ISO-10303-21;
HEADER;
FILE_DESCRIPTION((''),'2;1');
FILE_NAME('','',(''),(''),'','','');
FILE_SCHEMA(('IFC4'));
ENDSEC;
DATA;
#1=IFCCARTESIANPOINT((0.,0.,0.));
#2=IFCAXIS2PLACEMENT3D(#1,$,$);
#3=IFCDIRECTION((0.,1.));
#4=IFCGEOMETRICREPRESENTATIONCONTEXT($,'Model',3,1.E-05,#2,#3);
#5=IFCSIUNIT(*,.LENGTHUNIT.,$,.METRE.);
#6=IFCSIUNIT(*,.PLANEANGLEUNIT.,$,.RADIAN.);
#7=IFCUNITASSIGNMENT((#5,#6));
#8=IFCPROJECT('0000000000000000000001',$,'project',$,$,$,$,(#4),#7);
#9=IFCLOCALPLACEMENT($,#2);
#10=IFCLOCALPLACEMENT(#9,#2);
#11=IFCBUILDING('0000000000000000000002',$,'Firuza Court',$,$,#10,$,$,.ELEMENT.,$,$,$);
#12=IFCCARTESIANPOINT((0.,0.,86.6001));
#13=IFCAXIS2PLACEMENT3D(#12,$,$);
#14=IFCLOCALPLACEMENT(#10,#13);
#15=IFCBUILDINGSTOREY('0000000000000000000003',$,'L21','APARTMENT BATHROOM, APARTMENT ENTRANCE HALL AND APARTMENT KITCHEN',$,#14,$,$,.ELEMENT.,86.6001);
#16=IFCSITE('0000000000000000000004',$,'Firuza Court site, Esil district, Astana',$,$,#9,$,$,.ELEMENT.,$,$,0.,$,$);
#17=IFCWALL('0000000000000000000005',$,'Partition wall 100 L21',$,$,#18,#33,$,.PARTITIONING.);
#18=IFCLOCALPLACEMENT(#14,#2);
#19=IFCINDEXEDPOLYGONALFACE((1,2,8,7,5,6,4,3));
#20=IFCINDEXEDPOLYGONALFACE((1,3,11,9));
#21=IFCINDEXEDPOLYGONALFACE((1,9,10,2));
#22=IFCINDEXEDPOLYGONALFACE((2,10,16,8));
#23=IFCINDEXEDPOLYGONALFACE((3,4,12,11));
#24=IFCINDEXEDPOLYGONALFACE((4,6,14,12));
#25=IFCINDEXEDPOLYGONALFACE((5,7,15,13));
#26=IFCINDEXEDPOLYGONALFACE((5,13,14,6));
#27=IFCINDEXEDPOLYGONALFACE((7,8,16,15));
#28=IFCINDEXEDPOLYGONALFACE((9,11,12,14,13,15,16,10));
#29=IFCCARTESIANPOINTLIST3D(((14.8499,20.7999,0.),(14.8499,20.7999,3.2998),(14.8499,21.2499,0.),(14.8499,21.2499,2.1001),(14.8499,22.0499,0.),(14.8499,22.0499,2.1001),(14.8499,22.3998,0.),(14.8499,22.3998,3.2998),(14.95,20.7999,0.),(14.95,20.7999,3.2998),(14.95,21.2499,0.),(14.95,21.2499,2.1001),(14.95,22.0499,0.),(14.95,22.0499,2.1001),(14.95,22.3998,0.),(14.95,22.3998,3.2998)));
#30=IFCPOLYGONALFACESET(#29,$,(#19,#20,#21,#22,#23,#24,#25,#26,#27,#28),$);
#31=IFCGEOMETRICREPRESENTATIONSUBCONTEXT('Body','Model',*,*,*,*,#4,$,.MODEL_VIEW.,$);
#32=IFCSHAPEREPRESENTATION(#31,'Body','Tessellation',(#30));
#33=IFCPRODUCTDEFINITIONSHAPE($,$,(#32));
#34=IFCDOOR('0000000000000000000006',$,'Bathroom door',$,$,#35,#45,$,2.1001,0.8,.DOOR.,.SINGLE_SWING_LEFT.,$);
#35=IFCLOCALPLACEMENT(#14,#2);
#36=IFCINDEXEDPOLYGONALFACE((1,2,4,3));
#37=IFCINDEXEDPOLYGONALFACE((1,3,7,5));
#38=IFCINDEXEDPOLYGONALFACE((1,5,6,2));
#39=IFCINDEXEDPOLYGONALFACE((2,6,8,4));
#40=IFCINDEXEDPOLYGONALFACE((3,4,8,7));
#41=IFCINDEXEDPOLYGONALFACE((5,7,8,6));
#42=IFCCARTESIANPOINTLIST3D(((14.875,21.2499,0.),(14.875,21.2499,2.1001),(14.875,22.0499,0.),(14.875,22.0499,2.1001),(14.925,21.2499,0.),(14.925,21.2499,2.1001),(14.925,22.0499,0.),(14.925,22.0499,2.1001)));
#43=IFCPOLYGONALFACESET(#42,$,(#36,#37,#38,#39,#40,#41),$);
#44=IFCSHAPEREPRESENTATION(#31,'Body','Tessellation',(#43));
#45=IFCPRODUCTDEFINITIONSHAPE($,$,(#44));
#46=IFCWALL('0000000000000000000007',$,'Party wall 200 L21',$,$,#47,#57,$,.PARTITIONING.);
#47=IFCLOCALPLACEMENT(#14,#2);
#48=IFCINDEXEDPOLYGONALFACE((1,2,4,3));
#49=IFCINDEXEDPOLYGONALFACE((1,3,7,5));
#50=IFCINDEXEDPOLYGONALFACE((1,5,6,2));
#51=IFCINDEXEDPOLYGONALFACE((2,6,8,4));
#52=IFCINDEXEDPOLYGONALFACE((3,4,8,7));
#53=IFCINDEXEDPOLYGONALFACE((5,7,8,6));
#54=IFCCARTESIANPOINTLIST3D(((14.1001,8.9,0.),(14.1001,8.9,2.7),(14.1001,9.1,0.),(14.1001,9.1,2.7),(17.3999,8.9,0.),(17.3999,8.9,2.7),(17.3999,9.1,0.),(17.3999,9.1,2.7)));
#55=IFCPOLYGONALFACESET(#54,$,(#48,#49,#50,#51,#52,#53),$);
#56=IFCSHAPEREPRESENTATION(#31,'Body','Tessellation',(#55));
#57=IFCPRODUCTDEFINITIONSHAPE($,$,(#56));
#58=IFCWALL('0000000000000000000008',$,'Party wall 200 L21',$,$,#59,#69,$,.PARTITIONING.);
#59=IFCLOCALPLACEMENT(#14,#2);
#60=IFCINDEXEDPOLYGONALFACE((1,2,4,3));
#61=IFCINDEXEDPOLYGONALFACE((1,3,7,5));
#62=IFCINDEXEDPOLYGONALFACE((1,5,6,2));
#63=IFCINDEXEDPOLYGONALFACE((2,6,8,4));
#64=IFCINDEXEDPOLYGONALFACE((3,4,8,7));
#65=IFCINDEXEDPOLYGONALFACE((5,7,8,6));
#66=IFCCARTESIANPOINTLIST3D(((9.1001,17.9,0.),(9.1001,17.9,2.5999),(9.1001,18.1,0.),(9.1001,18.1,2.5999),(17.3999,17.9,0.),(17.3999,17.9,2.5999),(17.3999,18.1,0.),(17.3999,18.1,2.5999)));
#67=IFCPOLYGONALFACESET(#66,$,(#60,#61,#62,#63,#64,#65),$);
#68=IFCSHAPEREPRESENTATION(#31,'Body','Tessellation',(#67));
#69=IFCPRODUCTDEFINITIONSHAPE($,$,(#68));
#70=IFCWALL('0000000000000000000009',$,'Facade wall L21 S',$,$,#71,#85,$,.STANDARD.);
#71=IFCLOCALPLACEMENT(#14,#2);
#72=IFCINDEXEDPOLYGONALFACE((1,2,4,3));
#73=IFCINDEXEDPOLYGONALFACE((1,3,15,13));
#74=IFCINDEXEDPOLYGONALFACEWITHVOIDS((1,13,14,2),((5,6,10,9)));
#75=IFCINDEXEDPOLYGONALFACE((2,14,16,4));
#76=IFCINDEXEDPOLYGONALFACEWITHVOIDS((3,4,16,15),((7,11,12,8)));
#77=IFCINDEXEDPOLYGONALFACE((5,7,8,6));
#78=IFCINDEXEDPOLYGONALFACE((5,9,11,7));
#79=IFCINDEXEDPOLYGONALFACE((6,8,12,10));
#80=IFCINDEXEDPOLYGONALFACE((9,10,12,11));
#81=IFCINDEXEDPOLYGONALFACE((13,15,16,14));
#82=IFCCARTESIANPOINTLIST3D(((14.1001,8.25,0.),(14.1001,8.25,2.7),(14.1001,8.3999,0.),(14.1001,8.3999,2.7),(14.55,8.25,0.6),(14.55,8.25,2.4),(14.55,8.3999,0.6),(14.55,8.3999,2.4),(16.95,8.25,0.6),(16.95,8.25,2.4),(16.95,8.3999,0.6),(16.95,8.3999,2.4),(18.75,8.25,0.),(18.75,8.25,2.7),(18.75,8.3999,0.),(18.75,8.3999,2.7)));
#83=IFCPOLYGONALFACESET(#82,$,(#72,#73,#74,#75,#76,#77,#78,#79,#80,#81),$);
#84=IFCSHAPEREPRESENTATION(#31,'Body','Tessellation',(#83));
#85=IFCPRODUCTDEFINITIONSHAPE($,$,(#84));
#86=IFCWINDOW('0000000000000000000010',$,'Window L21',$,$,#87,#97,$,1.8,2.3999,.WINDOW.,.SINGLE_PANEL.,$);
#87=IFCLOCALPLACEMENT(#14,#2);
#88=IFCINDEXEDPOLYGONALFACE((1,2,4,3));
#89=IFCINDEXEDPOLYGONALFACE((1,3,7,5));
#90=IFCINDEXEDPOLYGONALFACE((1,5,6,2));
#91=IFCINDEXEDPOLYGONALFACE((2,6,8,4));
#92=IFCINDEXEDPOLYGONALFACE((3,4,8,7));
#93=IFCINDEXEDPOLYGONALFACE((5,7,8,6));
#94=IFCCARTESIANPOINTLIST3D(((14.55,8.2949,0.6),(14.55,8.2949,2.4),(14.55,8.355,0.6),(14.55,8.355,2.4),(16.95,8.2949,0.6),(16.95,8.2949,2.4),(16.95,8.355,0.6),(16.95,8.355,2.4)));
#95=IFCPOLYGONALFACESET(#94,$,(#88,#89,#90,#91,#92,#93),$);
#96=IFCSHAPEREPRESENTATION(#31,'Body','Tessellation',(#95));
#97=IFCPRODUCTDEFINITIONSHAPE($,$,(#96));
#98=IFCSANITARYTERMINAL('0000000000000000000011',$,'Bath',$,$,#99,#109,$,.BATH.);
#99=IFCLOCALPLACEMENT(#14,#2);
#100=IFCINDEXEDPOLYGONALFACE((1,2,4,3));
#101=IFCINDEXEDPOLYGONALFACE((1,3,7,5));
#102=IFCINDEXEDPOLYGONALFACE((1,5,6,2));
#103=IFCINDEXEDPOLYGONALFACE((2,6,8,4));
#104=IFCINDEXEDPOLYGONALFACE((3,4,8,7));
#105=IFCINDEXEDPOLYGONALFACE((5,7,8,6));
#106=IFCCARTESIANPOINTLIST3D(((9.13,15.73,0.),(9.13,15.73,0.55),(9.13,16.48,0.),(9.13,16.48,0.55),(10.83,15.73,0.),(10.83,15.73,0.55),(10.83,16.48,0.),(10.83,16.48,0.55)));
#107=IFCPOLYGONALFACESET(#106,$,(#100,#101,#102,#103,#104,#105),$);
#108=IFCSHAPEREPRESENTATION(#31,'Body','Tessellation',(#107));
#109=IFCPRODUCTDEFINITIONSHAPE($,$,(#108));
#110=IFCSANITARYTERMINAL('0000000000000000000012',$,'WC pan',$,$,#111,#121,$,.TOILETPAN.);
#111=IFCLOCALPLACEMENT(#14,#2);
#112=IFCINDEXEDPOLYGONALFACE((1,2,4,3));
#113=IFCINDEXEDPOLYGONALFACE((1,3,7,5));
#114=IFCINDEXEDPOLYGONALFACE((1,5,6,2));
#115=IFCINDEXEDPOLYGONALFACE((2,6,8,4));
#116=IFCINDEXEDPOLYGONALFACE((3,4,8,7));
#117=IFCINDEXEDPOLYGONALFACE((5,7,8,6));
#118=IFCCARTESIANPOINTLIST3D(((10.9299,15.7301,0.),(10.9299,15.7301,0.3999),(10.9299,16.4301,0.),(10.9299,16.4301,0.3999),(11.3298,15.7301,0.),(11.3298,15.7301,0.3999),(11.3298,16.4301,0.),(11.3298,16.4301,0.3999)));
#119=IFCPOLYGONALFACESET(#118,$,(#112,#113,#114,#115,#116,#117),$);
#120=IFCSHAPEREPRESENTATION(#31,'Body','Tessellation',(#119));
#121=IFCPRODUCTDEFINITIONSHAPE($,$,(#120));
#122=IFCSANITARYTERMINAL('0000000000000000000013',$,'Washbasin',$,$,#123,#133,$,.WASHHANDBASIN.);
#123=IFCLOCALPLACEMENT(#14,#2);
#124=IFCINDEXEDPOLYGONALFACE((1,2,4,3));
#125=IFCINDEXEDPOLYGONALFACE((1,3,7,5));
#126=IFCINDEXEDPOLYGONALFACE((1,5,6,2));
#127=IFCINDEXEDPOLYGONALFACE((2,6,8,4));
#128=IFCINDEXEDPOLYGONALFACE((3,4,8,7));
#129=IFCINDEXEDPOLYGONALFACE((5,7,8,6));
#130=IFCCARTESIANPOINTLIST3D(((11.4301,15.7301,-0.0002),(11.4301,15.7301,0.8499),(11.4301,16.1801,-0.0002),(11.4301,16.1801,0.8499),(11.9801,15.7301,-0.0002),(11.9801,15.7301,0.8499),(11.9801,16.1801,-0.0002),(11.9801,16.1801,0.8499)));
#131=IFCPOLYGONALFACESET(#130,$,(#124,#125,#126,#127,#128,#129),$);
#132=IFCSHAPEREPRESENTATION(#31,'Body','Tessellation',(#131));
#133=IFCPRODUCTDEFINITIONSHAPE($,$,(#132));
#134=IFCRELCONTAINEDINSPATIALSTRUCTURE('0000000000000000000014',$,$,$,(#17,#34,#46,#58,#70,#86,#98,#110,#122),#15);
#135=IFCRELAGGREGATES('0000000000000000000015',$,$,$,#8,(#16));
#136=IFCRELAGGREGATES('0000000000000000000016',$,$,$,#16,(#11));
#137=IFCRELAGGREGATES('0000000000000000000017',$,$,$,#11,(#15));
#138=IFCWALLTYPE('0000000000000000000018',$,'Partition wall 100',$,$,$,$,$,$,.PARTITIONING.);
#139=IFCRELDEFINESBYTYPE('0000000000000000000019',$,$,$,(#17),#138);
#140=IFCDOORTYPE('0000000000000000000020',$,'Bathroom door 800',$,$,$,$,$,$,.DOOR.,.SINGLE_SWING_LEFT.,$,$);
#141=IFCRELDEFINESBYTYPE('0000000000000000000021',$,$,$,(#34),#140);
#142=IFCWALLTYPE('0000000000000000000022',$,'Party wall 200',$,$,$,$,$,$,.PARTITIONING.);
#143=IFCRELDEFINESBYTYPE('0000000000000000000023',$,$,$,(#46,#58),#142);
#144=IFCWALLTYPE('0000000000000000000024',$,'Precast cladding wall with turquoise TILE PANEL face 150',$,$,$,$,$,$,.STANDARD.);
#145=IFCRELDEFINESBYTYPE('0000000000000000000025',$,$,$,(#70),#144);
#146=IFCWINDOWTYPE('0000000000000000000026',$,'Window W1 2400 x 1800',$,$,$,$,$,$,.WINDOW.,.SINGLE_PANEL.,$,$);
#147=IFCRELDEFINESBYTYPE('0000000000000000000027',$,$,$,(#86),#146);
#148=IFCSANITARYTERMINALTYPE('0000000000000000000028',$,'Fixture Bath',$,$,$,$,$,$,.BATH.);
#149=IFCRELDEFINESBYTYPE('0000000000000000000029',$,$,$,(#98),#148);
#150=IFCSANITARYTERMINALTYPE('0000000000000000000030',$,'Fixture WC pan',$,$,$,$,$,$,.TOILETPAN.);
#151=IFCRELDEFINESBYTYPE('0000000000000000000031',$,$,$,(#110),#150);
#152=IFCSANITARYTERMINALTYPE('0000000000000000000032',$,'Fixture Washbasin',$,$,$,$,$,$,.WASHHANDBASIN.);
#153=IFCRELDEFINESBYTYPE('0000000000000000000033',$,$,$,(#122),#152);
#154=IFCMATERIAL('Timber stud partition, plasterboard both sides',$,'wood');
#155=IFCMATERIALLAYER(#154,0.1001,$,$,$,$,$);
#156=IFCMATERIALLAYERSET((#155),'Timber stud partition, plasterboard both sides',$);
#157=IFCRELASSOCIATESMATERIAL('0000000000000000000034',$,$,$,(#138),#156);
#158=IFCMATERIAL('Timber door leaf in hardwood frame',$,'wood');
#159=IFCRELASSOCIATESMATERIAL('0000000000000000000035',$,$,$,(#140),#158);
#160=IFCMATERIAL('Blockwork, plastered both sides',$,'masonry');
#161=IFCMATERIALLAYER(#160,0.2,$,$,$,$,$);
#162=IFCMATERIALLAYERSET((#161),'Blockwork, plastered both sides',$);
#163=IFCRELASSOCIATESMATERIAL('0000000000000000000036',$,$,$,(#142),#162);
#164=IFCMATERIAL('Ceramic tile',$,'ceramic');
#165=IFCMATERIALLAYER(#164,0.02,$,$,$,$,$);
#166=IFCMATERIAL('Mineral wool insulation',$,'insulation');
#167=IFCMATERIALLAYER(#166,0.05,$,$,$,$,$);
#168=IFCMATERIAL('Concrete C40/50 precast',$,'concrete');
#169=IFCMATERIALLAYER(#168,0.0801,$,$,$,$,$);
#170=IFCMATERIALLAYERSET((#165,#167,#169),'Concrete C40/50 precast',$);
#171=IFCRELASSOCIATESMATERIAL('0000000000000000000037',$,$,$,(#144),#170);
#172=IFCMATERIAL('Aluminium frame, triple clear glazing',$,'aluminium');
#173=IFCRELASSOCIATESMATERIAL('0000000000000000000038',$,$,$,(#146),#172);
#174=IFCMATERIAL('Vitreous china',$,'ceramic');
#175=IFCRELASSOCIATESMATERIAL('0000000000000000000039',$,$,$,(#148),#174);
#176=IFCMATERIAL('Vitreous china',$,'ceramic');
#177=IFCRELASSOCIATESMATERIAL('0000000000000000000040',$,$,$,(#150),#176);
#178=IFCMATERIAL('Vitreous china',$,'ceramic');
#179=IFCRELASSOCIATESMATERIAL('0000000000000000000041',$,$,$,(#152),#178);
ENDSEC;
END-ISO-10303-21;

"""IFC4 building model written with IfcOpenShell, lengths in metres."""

from ifc_helpers import new_model, si_unit, direction, frame, frame_2d, origin, origin_2d, place, context, subcontext, project, spatial, rectangle, extrude, material, layer, layer_set, type_object, element, fill, save


model = new_model("IFC4")

# Units and contexts
model_context = context("Model", 3, precision=1e-05, world=origin(), true_north=direction((0.0, 1.0)))
body_context = subcontext(model_context, "Body", "Model", "MODEL_VIEW")
ifc_project = project(units=[si_unit("LENGTHUNIT", "METRE"), si_unit("PLANEANGLEUNIT", "RADIAN")], contexts=[model_context])

# Site, building, storey
site_placement = place(None, origin())
site = spatial("IfcSite", under=ifc_project, at=site_placement, Name="Firuza Court site, Esil district, Astana", CompositionType="ELEMENT", RefElevation=0.0)
building_placement = place(site_placement, origin())
building = spatial("IfcBuilding", under=site, at=building_placement, Name="Firuza Court", CompositionType="ELEMENT")
storey_placement = place(building_placement, frame((0.0, 0.0, 86.6001)))
storey = spatial("IfcBuildingStorey", under=building, at=storey_placement, Name="L21", Description="APARTMENT BATHROOM, APARTMENT ENTRANCE HALL AND APARTMENT KITCHEN", CompositionType="ELEMENT", Elevation=86.6001)

# Shared definitions
ifc_material_1 = material(Name="Timber stud partition, plasterboard both sides", Category="wood")
ifc_layer_1 = layer(ifc_material_1, 0.1001)
ifc_layer_set_1 = layer_set([ifc_layer_1], Name="Timber stud partition, plasterboard both sides")
wall_type_1 = type_object("IfcWallType", Name="Partition wall 100", PredefinedType="PARTITIONING", material=ifc_layer_set_1)

# Shared definitions
ifc_material_2 = material(Name="Timber door leaf in hardwood frame", Category="wood")
door_type_1 = type_object("IfcDoorType", Name="Bathroom door 800", OperationType="SINGLE_SWING_LEFT", PredefinedType="DOOR", material=ifc_material_2)

# Wall, opening, door
wall_1_placement = place(storey_placement, frame((14.8999, 20.8, 0.0), z_axis=(0.0, 0.0, 1.0), x_axis=(0.0, 1.0, 0.0)))
wall_1 = element("IfcWall", 1, at=wall_1_placement, inside=storey, type_object=wall_type_1, Name="Partition wall 100 L21", PredefinedType="PARTITIONING", context=body_context, shape_type="SweptSolid", body=[
    extrude(rectangle(XDim=1.5999, YDim=0.1001, at=frame_2d((0.7998, 0.0))), origin(), (0.0, 0.0, 1.0), 3.2998),
])
opening_1_placement = place(wall_1_placement, frame((0.45, 0.0, 0.0)))
opening_1 = element("IfcOpeningElement", 2, at=opening_1_placement, cuts=wall_1, PredefinedType="OPENING", context=body_context, shape_type="SweptSolid", body=[
    extrude(rectangle(XDim=0.8, YDim=2.1001, at=frame_2d((0.3999, 1.05))), frame((0.0, 0.062, 0.0), z_axis=(0.0, -1.0, 0.0), x_axis=(1.0, 0.0, 0.0)), (0.0, 0.0, 1.0), 0.124),
])
door_1_placement = place(opening_1_placement, origin())
door_1 = element("IfcDoor", 3, at=door_1_placement, inside=storey, type_object=door_type_1, Name="Bathroom door", OperationType="SINGLE_SWING_LEFT", OverallHeight=2.1001, OverallWidth=0.8, PredefinedType="DOOR", context=body_context, shape_type="SweptSolid", body=[
    extrude(rectangle(XDim=0.8, YDim=2.1001, at=frame_2d((0.3999, 1.05))), frame((0.0, 0.0249, 0.0), z_axis=(0.0, -1.0, 0.0), x_axis=(1.0, 0.0, 0.0)), (0.0, 0.0, 1.0), 0.05),
])
fill(opening_1, door_1)

# Walls
ifc_material_3 = material(Name="Blockwork, plastered both sides", Category="masonry")
ifc_layer_2 = layer(ifc_material_3, 0.2)
ifc_layer_set_2 = layer_set([ifc_layer_2], Name="Blockwork, plastered both sides")
wall_type_2 = type_object("IfcWallType", Name="Party wall 200", PredefinedType="PARTITIONING", material=ifc_layer_set_2)
wall_2_placement = place(storey_placement, frame((14.1001, 9.0, 0.0), z_axis=(0.0, 0.0, 1.0), x_axis=(1.0, 0.0, 0.0)))
element("IfcWall", 4, at=wall_2_placement, inside=storey, type_object=wall_type_2, Name="Party wall 200 L21", PredefinedType="PARTITIONING", context=body_context, shape_type="SweptSolid", body=[
    extrude(rectangle(XDim=3.2998, YDim=0.2, at=frame_2d((1.6499, 0.0))), origin(), (0.0, 0.0, 1.0), 2.7),
])
wall_3_placement = place(storey_placement, frame((9.1001, 18.0, 0.0), z_axis=(0.0, 0.0, 1.0), x_axis=(1.0, 0.0, 0.0)))
element("IfcWall", 5, at=wall_3_placement, inside=storey, type_object=wall_type_2, Name="Party wall 200 L21", PredefinedType="PARTITIONING", context=body_context, shape_type="SweptSolid", body=[
    extrude(rectangle(XDim=8.2998, YDim=0.2, at=frame_2d((4.1499, 0.0))), origin(), (0.0, 0.0, 1.0), 2.5999),
])

# Wall, opening, window
ifc_material_4 = material(Name="Ceramic tile", Category="ceramic")
ifc_layer_3 = layer(ifc_material_4, 0.02)
ifc_material_5 = material(Name="Mineral wool insulation", Category="insulation")
ifc_layer_4 = layer(ifc_material_5, 0.05)
ifc_material_6 = material(Name="Concrete C40/50 precast", Category="concrete")
ifc_layer_5 = layer(ifc_material_6, 0.0801)
ifc_layer_set_3 = layer_set([ifc_layer_3, ifc_layer_4, ifc_layer_5], Name="Concrete C40/50 precast")
wall_type_3 = type_object("IfcWallType", Name="Precast cladding wall with turquoise TILE PANEL face 150", PredefinedType="STANDARD", material=ifc_layer_set_3)
wall_4_placement = place(storey_placement, frame((14.1001, 8.325, 0.0), z_axis=(0.0, 0.0, 1.0), x_axis=(1.0, 0.0, 0.0)))
wall_4 = element("IfcWall", 6, at=wall_4_placement, inside=storey, type_object=wall_type_3, Name="Facade wall L21 S", PredefinedType="STANDARD", context=body_context, shape_type="SweptSolid", body=[
    extrude(rectangle(XDim=4.6499, YDim=0.1499, at=frame_2d((2.325, 0.0))), origin(), (0.0, 0.0, 1.0), 2.7),
])
opening_2_placement = place(wall_4_placement, frame((0.45, 0.0, 0.6001)))
opening_2 = element("IfcOpeningElement", 7, at=opening_2_placement, cuts=wall_4, PredefinedType="OPENING", context=body_context, shape_type="SweptSolid", body=[
    extrude(rectangle(XDim=2.3999, YDim=1.8, at=frame_2d((1.2, 0.8999))), frame((0.0, 0.0869, 0.0), z_axis=(0.0, -1.0, 0.0), x_axis=(1.0, 0.0, 0.0)), (0.0, 0.0, 1.0), 0.1738),
])
ifc_material_7 = material(Name="Aluminium frame, triple clear glazing", Category="aluminium")
window_type = type_object("IfcWindowType", Name="Window W1 2400 x 1800", PartitioningType="SINGLE_PANEL", PredefinedType="WINDOW", material=ifc_material_7)
window_placement = place(opening_2_placement, origin())
window = element("IfcWindow", 8, at=window_placement, inside=storey, type_object=window_type, Name="Window L21", OverallHeight=1.8, OverallWidth=2.3999, PartitioningType="SINGLE_PANEL", PredefinedType="WINDOW", context=body_context, shape_type="SweptSolid", body=[
    extrude(rectangle(XDim=2.3999, YDim=1.8, at=frame_2d((1.2, 0.8999))), frame((0.0, 0.03, 0.0), z_axis=(0.0, -1.0, 0.0), x_axis=(1.0, 0.0, 0.0)), (0.0, 0.0, 1.0), 0.0601),
])
fill(opening_2, window)

# Sanitary terminals
ifc_material_8 = material(Name="Vitreous china", Category="ceramic")
sanitary_terminal_type_1 = type_object("IfcSanitaryTerminalType", Name="Fixture Bath", PredefinedType="BATH", material=ifc_material_8)
sanitary_terminal_1_placement = place(storey_placement, frame((9.98, 16.105, 0.0), z_axis=(0.0, 0.0, 1.0), x_axis=(1.0, 0.0, 0.0)))
element("IfcSanitaryTerminal", 9, at=sanitary_terminal_1_placement, inside=storey, type_object=sanitary_terminal_type_1, Name="Bath", PredefinedType="BATH", context=body_context, shape_type="SweptSolid", body=[
    extrude(rectangle(XDim=1.7, YDim=0.75, at=origin_2d()), origin(), (0.0, 0.0, 1.0), 0.55),
])
ifc_material_9 = material(Name="Vitreous china", Category="ceramic")
sanitary_terminal_type_2 = type_object("IfcSanitaryTerminalType", Name="Fixture WC pan", PredefinedType="TOILETPAN", material=ifc_material_9)
sanitary_terminal_2_placement = place(storey_placement, frame((11.1299, 16.0801, 0.0), z_axis=(0.0, 0.0, 1.0), x_axis=(1.0, 0.0, 0.0)))
element("IfcSanitaryTerminal", 10, at=sanitary_terminal_2_placement, inside=storey, type_object=sanitary_terminal_type_2, Name="WC pan", PredefinedType="TOILETPAN", context=body_context, shape_type="SweptSolid", body=[
    extrude(rectangle(XDim=0.3999, YDim=0.7, at=origin_2d()), origin(), (0.0, 0.0, 1.0), 0.3999),
])
ifc_material_10 = material(Name="Vitreous china", Category="ceramic")
sanitary_terminal_type_3 = type_object("IfcSanitaryTerminalType", Name="Fixture Washbasin", PredefinedType="WASHHANDBASIN", material=ifc_material_10)
sanitary_terminal_3_placement = place(storey_placement, frame((11.7051, 15.9551, -0.0002), z_axis=(0.0, 0.0, 1.0), x_axis=(1.0, 0.0, 0.0)))
element("IfcSanitaryTerminal", 11, at=sanitary_terminal_3_placement, inside=storey, type_object=sanitary_terminal_type_3, Name="Washbasin", PredefinedType="WASHHANDBASIN", context=body_context, shape_type="SweptSolid", body=[
    extrude(rectangle(XDim=0.55, YDim=0.45, at=origin_2d()), origin(), (0.0, 0.0, 1.0), 0.8501),
])

save(model, "model.ifc")
